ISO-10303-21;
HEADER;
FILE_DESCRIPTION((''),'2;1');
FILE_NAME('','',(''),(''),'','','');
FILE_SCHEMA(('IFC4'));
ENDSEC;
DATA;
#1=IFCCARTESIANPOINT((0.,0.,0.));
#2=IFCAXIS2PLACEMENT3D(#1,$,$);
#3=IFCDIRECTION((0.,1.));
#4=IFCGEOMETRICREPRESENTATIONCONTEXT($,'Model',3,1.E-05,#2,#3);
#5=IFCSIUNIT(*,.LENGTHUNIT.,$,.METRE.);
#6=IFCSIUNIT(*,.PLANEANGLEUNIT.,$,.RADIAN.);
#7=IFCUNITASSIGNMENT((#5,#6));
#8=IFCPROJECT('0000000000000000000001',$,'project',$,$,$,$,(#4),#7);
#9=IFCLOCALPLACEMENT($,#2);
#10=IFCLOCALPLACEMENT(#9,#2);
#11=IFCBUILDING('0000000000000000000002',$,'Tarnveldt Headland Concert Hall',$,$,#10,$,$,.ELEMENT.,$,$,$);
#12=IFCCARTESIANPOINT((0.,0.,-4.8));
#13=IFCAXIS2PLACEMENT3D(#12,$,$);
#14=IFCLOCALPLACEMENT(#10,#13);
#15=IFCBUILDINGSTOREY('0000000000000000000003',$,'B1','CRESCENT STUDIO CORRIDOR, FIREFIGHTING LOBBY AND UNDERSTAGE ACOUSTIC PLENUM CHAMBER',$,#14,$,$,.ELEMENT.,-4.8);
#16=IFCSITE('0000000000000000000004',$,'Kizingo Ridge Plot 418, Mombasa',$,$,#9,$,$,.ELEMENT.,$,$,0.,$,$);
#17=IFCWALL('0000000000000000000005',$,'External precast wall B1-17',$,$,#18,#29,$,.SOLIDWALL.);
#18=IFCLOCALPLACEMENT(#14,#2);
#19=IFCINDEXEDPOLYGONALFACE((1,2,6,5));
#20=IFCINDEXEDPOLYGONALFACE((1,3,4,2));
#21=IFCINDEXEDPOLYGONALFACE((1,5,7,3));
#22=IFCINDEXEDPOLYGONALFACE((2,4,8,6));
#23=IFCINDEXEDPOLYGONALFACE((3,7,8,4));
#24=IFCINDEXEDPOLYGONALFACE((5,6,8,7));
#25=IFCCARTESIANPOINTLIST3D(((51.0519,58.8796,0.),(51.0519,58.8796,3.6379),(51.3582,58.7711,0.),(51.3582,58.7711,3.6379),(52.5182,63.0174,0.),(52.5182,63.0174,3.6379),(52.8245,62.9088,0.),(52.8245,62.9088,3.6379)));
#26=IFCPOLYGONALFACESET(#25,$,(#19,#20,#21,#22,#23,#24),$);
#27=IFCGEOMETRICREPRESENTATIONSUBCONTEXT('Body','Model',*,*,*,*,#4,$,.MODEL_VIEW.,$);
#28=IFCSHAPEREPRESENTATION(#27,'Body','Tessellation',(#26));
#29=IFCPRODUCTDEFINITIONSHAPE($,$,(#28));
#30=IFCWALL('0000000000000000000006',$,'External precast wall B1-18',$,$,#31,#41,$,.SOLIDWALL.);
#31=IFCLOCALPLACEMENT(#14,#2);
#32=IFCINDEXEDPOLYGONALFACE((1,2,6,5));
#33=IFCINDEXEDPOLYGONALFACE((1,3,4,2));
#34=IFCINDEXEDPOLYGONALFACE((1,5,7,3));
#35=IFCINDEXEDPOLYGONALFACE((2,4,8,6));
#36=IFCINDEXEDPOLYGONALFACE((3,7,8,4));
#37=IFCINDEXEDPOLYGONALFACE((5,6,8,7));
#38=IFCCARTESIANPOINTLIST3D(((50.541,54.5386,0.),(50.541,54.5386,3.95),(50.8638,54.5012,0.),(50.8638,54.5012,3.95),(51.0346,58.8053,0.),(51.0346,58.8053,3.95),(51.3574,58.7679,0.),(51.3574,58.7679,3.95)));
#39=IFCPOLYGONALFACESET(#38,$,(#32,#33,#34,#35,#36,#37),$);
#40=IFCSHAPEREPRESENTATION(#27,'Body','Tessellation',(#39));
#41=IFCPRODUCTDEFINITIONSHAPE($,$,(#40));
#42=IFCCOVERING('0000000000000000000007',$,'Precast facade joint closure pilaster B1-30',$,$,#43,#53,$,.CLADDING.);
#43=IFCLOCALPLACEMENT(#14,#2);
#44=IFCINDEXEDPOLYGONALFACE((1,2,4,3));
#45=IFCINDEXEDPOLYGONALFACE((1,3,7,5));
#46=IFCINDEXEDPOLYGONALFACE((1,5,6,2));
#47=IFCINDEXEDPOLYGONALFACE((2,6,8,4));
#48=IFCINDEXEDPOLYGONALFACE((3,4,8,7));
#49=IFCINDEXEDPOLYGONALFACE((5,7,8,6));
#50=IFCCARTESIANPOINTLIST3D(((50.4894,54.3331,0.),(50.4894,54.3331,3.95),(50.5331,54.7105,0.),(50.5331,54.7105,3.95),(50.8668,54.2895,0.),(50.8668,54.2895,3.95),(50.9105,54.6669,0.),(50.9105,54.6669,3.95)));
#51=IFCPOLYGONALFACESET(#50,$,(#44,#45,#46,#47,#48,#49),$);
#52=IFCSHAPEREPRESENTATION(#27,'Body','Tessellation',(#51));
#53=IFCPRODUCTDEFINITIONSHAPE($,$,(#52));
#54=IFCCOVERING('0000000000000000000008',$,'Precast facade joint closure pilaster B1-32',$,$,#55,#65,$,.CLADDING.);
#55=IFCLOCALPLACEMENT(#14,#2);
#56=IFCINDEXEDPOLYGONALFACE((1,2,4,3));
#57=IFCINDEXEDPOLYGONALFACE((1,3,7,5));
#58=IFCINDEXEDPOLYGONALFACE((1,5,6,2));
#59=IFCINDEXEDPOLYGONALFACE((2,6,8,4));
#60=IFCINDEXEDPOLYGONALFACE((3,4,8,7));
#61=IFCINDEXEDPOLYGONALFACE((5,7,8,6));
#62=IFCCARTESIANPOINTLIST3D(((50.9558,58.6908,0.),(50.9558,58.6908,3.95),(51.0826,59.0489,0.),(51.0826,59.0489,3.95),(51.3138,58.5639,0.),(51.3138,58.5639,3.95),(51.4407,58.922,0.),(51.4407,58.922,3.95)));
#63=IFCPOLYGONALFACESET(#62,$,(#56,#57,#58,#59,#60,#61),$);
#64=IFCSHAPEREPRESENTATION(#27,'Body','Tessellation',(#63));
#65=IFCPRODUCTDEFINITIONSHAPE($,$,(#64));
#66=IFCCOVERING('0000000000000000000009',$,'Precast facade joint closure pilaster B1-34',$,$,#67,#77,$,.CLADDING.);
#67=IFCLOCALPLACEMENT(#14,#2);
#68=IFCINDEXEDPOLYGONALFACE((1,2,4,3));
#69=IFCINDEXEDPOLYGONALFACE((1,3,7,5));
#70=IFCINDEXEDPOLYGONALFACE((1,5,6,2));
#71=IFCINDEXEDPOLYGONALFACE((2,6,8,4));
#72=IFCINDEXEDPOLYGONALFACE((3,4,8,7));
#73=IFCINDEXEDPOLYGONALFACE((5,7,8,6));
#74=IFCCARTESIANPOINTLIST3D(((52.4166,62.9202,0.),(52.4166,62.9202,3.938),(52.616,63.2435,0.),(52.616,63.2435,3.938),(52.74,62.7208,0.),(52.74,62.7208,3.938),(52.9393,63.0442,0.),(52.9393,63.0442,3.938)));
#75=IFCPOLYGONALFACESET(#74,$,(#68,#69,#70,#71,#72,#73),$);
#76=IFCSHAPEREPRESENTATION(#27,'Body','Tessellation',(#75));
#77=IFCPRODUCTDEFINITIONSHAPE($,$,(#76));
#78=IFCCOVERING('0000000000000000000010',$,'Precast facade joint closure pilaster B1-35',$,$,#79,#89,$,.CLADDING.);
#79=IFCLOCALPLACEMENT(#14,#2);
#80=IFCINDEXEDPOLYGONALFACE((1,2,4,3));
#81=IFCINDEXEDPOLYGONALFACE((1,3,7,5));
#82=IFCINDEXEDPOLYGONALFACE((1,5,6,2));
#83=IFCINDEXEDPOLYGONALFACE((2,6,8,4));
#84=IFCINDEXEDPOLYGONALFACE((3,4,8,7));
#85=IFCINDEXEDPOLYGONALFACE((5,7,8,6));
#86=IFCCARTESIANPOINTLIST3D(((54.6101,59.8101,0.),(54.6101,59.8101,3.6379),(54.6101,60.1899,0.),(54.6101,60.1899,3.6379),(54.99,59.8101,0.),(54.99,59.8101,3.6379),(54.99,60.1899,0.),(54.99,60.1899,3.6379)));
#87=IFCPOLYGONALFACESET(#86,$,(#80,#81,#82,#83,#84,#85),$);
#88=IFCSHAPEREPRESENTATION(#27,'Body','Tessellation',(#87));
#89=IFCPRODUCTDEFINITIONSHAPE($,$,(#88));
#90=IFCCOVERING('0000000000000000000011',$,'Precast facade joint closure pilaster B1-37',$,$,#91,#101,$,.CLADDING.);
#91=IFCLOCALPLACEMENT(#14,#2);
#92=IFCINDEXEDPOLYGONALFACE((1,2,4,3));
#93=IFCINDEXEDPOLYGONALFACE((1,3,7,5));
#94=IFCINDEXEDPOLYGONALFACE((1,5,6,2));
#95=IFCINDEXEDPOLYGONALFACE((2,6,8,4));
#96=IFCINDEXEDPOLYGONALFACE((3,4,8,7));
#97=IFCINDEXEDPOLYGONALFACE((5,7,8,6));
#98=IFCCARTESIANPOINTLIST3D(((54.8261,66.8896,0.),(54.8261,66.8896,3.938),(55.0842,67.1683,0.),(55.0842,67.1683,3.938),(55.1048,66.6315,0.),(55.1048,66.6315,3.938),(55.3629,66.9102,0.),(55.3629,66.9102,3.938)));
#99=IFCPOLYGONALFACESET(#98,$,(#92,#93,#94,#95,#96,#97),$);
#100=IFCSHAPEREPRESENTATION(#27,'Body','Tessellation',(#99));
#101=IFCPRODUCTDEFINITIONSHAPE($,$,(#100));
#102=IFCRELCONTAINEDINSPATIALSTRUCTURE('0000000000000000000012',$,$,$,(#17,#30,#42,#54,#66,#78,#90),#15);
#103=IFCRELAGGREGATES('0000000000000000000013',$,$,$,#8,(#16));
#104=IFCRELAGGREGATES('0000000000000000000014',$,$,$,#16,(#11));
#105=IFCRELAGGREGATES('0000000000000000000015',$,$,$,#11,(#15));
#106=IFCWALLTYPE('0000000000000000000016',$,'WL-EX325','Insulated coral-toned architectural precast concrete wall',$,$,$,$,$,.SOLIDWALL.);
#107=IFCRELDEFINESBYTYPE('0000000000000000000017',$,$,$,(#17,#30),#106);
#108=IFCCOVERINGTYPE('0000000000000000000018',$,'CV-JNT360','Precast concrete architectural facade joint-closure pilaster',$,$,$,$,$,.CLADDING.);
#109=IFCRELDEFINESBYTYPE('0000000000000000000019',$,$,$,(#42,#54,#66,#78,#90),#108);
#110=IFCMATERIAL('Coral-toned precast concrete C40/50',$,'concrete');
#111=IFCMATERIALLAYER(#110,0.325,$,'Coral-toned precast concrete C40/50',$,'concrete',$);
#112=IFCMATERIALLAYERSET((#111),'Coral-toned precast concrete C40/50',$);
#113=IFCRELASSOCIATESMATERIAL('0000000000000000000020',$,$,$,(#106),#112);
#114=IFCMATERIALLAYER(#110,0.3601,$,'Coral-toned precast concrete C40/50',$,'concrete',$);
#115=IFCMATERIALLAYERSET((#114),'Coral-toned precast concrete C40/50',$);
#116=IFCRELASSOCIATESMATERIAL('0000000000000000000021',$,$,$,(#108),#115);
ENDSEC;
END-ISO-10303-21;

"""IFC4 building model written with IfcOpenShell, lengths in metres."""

from ifc_helpers import new_model, si_unit, direction, frame, frame_2d, origin, origin_2d, place, context, subcontext, project, spatial, rectangle, extrude, material, layer, layer_set, type_object, element, save


model = new_model("IFC4")

# Units and contexts
model_context = context("Model", 3, precision=1e-05, world=origin(), true_north=direction((0.0, 1.0)))
body_context = subcontext(model_context, "Body", "Model", "MODEL_VIEW")
ifc_project = project(units=[si_unit("LENGTHUNIT", "METRE"), si_unit("PLANEANGLEUNIT", "RADIAN")], contexts=[model_context])

# Site, building, storey
site_placement = place(None, origin())
site = spatial("IfcSite", under=ifc_project, at=site_placement, Name="Kizingo Ridge Plot 418, Mombasa", CompositionType="ELEMENT", RefElevation=0.0)
building_placement = place(site_placement, origin())
building = spatial("IfcBuilding", under=site, at=building_placement, Name="Tarnveldt Headland Concert Hall", CompositionType="ELEMENT")
storey_placement = place(building_placement, frame((0.0, 0.0, -4.8)))
storey = spatial("IfcBuildingStorey", under=building, at=storey_placement, Name="B1", Description="CRESCENT STUDIO CORRIDOR, FIREFIGHTING LOBBY AND UNDERSTAGE ACOUSTIC PLENUM CHAMBER", CompositionType="ELEMENT", Elevation=-4.8)

# Walls
ifc_material_1 = material(Name="Coral-toned precast concrete C40/50", Category="concrete")
ifc_layer_1 = layer(ifc_material_1, 0.325, Name="Coral-toned precast concrete C40/50", Category="concrete")
ifc_layer_set_1 = layer_set([ifc_layer_1], Name="Coral-toned precast concrete C40/50")
wall_type_1 = type_object("IfcWallType", Name="WL-EX325", Description="Insulated coral-toned architectural precast concrete wall", PredefinedType="SOLIDWALL", material=ifc_layer_set_1)
wall_1_placement = place(storey_placement, frame((51.2051, 58.8254, 0.0), z_axis=(0.0, 0.0, 1.0), x_axis=(0.334024, 0.942564, 0.0)))
element("IfcWall", 1, at=wall_1_placement, inside=storey, type_object=wall_type_1, Name="External precast wall B1-17", PredefinedType="SOLIDWALL", context=body_context, shape_type="SweptSolid", body=[
    extrude(rectangle(XDim=4.3899, YDim=0.325, at=frame_2d((2.1948, 0.0))), origin(), (0.0, 0.0, 1.0), 3.6379),
])
wall_2_placement = place(storey_placement, frame((50.7024, 54.52, 0.0), z_axis=(0.0, 0.0, 1.0), x_axis=(0.114935, 0.993373, 0.0)))
element("IfcWall", 2, at=wall_2_placement, inside=storey, type_object=wall_type_1, Name="External precast wall B1-18", PredefinedType="SOLIDWALL", context=body_context, shape_type="SweptSolid", body=[
    extrude(rectangle(XDim=4.2952, YDim=0.325, at=frame_2d((2.1475, 0.0))), origin(), (0.0, 0.0, 1.0), 3.95),
])

# Coverings
ifc_layer_2 = layer(ifc_material_1, 0.3601, Name="Coral-toned precast concrete C40/50", Category="concrete")
ifc_layer_set_2 = layer_set([ifc_layer_2], Name="Coral-toned precast concrete C40/50")
covering_type = type_object("IfcCoveringType", Name="CV-JNT360", Description="Precast concrete architectural facade joint-closure pilaster", PredefinedType="CLADDING", material=ifc_layer_set_2)
for number, where, z_axis, x_axis, name in (
    (3, (50.7, 54.5, 0.0), (0.0, 0.0, 1.0), (0.114937, 0.993373, 0.0), "Precast facade joint closure pilaster B1-30"),
    (4, (51.1982, 58.8064, 0.0), (0.0, 0.0, 1.0), (0.333971, 0.942583, 0.0), "Precast facade joint closure pilaster B1-32"),
):
    element("IfcCovering", number, at=place(storey_placement, frame(where, z_axis=z_axis, x_axis=x_axis)), inside=storey, type_object=covering_type, Name=name, PredefinedType="CLADDING", context=body_context, shape_type="SweptSolid", body=[
        extrude(rectangle(XDim=0.3799, YDim=0.3799, at=origin_2d()), origin(), (0.0, 0.0, 1.0), 3.95),
    ])
covering_1_placement = place(storey_placement, frame((52.678, 62.9822, 0.0), z_axis=(0.0, 0.0, 1.0), x_axis=(0.524878, 0.851178, 0.0)))
element("IfcCovering", 5, at=covering_1_placement, inside=storey, type_object=covering_type, Name="Precast facade joint closure pilaster B1-34", PredefinedType="CLADDING", context=body_context, shape_type="SweptSolid", body=[
    extrude(rectangle(XDim=0.3799, YDim=0.3799, at=origin_2d()), origin(), (0.0, 0.0, 1.0), 3.938),
])
covering_2_placement = place(storey_placement, frame((54.8, 60.0, 0.0), z_axis=(0.0, 0.0, 1.0), x_axis=(-1.0, 0.0, 0.0)))
element("IfcCovering", 6, at=covering_2_placement, inside=storey, type_object=covering_type, Name="Precast facade joint closure pilaster B1-35", PredefinedType="CLADDING", context=body_context, shape_type="SweptSolid", body=[
    extrude(rectangle(XDim=0.3799, YDim=0.3799, at=origin_2d()), origin(), (0.0, 0.0, 1.0), 3.6379),
])
covering_3_placement = place(storey_placement, frame((55.0945, 66.8999, 0.0), z_axis=(0.0, 0.0, 1.0), x_axis=(0.679441, 0.73373, 0.0)))
element("IfcCovering", 7, at=covering_3_placement, inside=storey, type_object=covering_type, Name="Precast facade joint closure pilaster B1-37", PredefinedType="CLADDING", context=body_context, shape_type="SweptSolid", body=[
    extrude(rectangle(XDim=0.3799, YDim=0.3799, at=origin_2d()), origin(), (0.0, 0.0, 1.0), 3.938),
])

save(model, "model.ifc")
